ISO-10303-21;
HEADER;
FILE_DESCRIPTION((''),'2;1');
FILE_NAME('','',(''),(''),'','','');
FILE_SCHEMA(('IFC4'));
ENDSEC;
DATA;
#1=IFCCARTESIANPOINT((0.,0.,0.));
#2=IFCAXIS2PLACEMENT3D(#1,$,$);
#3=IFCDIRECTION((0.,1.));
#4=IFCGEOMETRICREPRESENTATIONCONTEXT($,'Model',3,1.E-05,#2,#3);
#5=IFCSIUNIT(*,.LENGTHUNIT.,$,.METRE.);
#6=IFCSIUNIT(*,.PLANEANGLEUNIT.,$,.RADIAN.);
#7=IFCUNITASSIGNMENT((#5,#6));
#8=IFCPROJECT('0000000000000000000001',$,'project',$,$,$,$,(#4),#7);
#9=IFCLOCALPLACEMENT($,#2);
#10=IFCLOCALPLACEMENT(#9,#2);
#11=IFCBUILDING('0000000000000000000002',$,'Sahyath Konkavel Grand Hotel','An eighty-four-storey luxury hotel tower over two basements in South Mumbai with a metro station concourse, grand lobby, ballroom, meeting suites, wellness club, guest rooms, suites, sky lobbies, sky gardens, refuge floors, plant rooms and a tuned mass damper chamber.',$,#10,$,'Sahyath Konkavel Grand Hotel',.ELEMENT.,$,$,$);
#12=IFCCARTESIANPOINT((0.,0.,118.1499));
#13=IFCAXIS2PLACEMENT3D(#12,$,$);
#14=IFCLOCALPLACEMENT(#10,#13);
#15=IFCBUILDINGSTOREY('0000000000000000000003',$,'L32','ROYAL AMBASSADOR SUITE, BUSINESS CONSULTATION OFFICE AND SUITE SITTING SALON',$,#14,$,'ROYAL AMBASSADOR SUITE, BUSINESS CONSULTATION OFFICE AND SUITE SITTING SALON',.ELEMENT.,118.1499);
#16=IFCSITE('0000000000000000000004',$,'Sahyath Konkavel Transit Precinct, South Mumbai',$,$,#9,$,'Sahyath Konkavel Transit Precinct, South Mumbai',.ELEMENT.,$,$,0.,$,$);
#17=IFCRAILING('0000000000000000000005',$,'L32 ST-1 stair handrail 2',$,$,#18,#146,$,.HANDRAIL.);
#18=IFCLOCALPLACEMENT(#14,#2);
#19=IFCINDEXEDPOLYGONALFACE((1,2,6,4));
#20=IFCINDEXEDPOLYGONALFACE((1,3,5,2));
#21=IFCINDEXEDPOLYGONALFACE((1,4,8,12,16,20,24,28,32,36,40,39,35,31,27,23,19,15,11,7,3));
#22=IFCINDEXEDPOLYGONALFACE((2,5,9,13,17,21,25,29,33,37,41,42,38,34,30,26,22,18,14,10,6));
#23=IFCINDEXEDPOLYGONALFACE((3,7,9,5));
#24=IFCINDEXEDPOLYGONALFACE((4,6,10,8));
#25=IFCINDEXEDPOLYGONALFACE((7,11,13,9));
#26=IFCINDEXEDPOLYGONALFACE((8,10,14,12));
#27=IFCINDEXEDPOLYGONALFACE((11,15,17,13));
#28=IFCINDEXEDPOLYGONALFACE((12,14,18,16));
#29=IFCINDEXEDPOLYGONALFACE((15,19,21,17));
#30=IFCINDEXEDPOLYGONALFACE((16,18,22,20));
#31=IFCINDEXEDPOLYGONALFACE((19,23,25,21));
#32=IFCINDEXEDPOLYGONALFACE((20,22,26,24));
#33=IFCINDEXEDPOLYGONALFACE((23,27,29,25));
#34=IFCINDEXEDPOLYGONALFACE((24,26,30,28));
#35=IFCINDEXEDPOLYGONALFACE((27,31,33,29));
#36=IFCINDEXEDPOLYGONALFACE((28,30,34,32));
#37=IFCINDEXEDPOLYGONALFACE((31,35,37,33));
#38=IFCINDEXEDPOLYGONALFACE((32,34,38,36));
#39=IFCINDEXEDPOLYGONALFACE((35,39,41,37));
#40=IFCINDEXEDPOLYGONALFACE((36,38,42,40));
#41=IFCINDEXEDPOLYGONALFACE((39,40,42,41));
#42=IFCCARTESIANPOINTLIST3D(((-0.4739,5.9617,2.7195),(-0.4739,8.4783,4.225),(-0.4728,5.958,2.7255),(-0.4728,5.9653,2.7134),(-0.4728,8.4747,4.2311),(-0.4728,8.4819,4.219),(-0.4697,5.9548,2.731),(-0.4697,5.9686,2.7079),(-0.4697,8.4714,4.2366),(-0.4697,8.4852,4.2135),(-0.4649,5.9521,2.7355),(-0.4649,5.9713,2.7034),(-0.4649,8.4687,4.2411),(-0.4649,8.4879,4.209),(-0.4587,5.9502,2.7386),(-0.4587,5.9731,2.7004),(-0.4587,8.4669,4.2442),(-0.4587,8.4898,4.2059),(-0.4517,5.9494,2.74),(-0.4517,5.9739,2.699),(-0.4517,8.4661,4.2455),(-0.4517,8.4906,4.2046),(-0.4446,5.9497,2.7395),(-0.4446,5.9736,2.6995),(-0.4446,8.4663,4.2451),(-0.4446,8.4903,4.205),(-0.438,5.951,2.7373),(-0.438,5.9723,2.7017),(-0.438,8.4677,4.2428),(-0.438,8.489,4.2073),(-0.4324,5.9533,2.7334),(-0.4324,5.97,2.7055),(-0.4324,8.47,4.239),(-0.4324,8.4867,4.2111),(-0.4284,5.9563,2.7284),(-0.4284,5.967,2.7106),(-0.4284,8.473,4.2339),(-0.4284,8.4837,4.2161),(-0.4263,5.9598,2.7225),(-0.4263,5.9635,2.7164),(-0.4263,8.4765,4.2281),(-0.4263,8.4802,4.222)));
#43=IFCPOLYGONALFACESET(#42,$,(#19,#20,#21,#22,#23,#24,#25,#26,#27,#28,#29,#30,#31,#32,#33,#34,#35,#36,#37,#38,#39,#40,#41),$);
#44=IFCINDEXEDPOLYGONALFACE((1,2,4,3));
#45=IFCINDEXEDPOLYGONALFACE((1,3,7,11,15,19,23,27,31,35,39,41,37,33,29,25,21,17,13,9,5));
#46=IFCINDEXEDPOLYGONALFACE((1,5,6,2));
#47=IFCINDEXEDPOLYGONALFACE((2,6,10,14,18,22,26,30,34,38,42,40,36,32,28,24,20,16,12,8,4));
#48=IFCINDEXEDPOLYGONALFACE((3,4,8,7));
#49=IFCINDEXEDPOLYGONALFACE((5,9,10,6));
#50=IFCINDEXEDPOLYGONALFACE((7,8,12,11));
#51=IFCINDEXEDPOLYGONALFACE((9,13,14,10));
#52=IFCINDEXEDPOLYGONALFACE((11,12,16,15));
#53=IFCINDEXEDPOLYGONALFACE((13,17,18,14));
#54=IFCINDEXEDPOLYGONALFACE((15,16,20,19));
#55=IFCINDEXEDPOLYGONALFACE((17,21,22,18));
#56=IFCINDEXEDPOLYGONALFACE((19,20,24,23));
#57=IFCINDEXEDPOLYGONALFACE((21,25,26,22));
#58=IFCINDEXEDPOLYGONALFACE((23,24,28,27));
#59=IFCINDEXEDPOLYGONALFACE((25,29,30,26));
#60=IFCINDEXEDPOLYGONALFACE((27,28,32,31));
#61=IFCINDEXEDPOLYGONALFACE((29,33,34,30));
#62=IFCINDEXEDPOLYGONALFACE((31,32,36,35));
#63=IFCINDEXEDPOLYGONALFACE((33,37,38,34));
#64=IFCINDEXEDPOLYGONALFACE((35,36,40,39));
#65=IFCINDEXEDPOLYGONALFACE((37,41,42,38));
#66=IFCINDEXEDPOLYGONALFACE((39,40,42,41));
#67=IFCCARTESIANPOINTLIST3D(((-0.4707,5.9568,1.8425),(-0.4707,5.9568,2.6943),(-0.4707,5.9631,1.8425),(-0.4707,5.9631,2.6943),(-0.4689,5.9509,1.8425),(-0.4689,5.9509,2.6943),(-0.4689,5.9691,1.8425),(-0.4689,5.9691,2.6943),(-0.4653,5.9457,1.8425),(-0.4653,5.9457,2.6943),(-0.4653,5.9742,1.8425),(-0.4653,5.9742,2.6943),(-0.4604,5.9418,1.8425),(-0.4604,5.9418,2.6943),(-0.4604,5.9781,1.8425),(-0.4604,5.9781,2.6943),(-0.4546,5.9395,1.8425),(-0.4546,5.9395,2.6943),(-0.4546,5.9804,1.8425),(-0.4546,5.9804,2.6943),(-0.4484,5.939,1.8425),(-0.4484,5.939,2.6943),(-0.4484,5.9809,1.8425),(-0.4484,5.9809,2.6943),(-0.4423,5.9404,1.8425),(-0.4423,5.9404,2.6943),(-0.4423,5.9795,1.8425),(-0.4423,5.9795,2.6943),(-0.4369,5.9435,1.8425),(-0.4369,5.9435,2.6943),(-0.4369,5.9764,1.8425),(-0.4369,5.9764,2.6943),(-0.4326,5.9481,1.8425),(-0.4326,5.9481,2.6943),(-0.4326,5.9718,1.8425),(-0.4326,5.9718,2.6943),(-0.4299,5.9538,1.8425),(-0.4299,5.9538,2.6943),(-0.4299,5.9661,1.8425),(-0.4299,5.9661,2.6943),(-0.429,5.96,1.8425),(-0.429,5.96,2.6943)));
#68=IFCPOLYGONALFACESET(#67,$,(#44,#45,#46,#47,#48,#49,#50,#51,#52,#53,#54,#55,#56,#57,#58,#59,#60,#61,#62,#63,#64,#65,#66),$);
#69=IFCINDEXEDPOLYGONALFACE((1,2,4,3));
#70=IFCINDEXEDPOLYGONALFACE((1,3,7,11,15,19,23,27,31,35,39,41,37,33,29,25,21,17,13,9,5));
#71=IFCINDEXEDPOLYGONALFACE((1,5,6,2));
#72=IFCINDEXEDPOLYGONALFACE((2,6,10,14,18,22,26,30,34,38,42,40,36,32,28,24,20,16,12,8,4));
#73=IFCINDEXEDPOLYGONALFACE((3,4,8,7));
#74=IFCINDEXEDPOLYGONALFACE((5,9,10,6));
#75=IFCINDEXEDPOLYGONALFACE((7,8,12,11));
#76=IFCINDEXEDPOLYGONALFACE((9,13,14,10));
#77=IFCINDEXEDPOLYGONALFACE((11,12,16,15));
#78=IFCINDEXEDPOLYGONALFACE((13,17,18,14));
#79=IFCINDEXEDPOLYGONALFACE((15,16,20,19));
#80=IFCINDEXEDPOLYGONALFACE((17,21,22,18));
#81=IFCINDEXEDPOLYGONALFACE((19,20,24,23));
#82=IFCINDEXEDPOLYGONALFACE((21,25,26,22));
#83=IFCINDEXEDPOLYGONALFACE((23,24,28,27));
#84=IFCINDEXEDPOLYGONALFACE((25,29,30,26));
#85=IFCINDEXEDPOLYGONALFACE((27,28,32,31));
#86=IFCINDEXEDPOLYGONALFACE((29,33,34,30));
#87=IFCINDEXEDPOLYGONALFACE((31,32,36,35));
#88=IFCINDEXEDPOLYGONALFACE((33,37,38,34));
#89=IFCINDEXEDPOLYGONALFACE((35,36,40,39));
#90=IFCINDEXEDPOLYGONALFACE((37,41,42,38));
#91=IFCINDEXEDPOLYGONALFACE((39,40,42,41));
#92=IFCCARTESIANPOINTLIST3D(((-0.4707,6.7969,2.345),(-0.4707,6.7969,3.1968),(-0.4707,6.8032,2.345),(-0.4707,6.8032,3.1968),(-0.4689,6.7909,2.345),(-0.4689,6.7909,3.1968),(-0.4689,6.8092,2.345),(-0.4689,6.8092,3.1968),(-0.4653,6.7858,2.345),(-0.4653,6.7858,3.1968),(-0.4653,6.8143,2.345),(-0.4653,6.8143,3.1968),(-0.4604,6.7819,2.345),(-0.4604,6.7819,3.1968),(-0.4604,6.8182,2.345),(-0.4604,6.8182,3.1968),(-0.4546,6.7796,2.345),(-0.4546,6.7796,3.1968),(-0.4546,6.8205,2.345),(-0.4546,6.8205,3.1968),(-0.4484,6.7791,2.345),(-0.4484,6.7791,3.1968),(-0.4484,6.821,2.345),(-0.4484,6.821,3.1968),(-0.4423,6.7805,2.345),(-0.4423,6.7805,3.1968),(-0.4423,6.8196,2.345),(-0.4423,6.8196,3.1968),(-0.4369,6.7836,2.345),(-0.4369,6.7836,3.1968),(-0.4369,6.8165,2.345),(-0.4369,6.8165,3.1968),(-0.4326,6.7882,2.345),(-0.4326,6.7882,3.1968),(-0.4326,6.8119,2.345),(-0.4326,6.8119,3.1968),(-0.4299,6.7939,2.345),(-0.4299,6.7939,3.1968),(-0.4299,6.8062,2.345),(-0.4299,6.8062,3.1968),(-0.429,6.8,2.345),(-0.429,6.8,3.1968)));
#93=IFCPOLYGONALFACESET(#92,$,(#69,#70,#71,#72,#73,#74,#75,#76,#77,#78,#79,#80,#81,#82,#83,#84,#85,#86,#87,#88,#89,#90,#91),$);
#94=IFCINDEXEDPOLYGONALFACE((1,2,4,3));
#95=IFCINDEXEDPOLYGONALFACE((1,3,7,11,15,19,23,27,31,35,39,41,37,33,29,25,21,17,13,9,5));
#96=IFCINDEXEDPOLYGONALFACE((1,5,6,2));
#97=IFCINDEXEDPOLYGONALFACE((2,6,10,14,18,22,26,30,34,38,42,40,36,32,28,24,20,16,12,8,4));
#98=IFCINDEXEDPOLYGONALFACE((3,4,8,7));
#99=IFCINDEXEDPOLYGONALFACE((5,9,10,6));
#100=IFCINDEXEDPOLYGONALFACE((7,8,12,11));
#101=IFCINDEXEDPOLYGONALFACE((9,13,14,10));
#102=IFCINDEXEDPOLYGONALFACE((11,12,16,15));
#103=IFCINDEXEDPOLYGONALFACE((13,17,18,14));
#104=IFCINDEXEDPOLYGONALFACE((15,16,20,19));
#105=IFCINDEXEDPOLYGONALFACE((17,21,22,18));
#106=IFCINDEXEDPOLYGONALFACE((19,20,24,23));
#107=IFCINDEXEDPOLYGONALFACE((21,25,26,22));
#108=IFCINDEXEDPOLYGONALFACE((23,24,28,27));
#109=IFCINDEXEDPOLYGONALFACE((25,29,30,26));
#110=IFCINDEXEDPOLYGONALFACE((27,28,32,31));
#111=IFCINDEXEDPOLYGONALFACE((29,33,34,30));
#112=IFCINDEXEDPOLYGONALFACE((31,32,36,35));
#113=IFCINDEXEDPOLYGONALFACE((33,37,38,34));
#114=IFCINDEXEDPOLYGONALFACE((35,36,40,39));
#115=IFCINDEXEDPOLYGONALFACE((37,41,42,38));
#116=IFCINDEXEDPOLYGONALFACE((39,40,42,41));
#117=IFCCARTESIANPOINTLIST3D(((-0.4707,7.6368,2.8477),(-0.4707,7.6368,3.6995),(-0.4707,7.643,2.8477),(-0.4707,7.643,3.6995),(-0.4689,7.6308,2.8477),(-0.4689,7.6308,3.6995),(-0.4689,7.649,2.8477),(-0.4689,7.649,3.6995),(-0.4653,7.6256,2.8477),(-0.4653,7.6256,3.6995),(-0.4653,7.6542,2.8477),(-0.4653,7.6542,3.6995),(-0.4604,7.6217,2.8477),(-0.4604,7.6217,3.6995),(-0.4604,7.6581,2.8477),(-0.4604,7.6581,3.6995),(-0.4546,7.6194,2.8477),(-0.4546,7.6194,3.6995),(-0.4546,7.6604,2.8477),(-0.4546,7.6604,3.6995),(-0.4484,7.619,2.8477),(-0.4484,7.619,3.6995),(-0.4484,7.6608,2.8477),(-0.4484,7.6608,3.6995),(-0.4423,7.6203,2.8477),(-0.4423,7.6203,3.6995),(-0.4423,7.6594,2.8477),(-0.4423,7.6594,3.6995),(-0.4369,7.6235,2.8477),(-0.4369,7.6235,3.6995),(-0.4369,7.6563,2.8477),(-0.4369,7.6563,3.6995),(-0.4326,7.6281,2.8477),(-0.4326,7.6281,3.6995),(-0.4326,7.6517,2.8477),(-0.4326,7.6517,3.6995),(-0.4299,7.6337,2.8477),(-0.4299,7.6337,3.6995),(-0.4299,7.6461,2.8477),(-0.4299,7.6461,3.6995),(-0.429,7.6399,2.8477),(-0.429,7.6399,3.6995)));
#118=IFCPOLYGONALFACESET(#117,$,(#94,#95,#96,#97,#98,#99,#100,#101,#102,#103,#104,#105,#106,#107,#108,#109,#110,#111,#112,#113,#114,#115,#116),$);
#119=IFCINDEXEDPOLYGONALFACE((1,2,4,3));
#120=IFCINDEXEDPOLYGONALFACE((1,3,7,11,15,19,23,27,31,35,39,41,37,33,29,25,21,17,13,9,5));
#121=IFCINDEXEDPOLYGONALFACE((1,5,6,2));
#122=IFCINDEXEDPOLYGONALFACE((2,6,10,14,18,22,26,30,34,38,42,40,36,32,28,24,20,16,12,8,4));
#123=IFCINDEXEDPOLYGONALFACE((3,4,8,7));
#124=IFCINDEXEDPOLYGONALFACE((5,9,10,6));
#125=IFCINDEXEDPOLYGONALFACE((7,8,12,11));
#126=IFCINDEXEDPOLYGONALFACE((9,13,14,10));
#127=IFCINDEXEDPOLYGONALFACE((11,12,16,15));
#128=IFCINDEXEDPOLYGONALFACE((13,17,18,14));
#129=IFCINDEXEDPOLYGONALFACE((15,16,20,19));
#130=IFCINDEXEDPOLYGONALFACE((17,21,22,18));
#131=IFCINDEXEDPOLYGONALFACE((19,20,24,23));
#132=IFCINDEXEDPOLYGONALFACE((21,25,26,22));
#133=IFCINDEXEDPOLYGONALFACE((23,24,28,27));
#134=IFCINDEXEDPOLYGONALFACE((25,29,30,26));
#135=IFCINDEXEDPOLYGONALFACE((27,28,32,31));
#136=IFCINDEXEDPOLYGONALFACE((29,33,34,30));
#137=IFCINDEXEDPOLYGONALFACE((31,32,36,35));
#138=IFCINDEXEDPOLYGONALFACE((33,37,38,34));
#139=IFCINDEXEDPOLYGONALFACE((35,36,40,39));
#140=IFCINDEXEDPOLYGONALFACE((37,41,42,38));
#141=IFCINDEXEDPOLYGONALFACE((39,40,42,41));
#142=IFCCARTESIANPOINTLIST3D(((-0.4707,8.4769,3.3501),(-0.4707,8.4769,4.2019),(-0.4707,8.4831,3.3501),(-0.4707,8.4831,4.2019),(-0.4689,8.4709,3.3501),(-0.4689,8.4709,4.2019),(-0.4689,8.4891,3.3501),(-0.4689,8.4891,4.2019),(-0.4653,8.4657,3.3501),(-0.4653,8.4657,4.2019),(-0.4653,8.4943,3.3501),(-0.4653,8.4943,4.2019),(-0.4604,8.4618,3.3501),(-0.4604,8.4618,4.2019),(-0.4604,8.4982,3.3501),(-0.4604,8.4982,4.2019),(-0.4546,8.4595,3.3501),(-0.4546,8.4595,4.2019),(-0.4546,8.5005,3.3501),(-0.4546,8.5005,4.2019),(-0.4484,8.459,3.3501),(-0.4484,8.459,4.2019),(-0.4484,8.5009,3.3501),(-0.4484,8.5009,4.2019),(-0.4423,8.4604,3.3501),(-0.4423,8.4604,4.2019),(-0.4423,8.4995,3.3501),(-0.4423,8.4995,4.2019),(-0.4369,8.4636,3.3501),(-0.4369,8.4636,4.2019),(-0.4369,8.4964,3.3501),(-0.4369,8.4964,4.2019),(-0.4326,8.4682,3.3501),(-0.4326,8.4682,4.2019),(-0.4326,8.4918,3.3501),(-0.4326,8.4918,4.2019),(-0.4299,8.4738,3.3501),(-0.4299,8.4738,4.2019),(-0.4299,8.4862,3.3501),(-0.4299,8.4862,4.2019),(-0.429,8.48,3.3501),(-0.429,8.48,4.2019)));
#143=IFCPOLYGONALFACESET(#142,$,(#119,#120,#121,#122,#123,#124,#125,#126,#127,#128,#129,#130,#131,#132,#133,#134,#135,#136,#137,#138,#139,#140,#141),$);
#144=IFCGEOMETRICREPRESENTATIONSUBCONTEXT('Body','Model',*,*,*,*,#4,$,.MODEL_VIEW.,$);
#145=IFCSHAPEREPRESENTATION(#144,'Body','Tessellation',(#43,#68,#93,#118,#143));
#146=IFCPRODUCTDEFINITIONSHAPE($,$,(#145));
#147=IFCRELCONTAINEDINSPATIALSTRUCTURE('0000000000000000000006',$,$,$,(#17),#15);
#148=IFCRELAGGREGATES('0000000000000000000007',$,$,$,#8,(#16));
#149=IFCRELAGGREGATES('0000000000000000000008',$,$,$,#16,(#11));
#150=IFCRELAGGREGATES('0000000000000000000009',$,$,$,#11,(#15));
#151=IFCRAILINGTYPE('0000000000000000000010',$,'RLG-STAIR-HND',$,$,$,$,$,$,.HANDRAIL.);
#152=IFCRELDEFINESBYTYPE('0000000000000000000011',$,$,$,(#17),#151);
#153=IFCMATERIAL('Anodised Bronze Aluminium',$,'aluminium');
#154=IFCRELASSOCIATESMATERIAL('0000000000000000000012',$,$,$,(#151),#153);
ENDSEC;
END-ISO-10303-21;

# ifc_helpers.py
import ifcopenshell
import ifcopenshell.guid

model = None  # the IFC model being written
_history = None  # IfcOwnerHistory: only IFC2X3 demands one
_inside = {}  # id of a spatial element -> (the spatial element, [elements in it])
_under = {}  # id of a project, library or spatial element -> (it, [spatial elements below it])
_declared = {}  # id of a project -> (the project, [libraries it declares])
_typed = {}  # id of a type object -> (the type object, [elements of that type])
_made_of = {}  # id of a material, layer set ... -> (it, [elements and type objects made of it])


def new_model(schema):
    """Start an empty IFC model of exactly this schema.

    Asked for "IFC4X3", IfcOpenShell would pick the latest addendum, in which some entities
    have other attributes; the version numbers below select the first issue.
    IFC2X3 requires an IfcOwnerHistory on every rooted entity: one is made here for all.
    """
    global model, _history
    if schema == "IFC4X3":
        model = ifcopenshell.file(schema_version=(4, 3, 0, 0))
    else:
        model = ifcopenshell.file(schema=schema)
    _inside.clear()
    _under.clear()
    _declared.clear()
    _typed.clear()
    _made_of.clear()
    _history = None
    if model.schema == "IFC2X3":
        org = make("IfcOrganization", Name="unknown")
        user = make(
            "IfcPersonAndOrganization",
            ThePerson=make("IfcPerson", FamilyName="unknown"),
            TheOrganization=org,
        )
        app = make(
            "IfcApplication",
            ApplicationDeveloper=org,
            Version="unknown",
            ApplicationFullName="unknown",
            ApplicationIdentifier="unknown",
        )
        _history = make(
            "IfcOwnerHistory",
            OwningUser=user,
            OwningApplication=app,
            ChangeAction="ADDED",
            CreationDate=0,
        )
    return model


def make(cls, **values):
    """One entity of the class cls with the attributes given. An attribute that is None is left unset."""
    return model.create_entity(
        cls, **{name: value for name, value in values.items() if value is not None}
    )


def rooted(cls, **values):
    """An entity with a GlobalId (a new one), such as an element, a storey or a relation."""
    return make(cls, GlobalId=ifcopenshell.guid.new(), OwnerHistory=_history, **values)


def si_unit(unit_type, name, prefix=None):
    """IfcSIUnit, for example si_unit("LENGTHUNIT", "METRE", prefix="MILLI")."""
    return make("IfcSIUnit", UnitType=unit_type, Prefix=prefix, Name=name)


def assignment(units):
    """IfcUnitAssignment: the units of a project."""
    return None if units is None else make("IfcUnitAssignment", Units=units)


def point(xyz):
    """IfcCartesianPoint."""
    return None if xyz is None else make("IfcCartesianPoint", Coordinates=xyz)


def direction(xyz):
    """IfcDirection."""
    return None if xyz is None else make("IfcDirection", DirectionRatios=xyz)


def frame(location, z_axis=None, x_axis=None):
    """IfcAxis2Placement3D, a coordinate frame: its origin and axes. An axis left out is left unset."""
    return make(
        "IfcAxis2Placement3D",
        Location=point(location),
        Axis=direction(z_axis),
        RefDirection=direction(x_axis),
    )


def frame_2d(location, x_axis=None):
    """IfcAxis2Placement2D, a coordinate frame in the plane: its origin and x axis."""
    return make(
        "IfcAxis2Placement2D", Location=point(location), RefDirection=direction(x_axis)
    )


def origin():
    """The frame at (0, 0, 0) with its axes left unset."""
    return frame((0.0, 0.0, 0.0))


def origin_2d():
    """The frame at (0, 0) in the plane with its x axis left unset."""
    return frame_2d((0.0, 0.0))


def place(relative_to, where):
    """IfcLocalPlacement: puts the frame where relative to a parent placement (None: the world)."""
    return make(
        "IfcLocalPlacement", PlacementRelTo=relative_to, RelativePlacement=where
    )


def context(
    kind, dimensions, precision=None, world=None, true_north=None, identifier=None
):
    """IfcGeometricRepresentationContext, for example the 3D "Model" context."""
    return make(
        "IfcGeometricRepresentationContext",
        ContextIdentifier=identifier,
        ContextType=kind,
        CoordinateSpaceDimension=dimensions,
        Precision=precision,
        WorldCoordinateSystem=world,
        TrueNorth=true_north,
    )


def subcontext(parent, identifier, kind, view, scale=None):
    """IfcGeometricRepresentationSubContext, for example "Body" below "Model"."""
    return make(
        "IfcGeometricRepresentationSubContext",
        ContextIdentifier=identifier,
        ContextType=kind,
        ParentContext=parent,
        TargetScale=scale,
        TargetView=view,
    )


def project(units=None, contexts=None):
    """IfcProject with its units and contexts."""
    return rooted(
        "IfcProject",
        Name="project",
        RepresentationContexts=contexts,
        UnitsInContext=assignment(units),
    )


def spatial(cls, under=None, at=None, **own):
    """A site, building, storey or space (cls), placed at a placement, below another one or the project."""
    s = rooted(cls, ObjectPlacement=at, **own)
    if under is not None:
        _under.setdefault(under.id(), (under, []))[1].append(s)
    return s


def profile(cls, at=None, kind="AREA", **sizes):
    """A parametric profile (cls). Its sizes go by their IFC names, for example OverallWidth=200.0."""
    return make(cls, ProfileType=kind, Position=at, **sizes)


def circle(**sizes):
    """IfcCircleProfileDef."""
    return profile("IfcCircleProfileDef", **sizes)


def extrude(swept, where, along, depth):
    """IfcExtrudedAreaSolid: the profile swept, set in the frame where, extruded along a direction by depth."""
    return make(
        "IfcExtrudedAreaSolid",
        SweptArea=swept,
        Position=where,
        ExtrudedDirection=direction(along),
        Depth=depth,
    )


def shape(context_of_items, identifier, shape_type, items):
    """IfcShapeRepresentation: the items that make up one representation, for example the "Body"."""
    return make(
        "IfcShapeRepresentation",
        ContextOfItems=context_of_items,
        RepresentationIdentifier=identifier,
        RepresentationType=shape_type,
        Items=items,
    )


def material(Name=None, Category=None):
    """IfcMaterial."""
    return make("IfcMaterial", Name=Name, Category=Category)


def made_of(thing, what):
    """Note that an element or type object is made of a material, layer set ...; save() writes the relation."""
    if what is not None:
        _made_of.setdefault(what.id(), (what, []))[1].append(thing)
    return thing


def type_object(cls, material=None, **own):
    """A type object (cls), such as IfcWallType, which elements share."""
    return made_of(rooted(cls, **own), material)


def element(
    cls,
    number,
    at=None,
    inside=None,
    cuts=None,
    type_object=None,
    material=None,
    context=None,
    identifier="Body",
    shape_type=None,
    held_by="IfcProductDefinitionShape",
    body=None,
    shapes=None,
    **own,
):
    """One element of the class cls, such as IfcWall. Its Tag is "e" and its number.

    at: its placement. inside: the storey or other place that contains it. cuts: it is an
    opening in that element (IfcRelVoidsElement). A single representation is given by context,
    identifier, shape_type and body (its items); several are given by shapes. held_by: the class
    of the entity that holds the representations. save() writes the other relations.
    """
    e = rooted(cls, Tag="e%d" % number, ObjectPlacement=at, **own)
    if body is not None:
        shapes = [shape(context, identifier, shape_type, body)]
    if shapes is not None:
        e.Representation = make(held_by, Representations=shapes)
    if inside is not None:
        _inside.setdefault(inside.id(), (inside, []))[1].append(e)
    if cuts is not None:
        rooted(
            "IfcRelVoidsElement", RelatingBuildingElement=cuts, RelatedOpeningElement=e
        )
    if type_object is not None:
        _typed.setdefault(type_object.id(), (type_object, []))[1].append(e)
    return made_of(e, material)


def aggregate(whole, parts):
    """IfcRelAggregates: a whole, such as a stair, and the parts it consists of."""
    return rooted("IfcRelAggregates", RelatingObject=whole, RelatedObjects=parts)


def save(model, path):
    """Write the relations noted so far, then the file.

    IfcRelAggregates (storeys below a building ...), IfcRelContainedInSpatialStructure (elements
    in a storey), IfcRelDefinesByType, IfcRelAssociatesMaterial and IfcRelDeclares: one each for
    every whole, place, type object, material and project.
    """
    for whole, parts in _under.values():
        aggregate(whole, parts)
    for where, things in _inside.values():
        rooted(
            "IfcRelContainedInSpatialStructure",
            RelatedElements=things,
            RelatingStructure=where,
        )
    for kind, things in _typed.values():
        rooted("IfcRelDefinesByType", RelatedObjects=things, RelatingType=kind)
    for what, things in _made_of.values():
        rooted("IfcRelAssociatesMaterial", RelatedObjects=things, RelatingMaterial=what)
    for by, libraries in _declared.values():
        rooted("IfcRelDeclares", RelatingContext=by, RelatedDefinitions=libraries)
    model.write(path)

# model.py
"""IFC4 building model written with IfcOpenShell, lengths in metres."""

from ifc_helpers import new_model, si_unit, direction, frame, origin, origin_2d, place, context, subcontext, project, spatial, circle, extrude, material, type_object, element, save


model = new_model("IFC4")

# Units and contexts
model_context = context("Model", 3, precision=1e-05, world=origin(), true_north=direction((0.0, 1.0)))
body_context = subcontext(model_context, "Body", "Model", "MODEL_VIEW")
ifc_project = project(units=[si_unit("LENGTHUNIT", "METRE"), si_unit("PLANEANGLEUNIT", "RADIAN")], contexts=[model_context])

# Site, building, storey
site_placement = place(None, origin())
site = spatial("IfcSite", under=ifc_project, at=site_placement, Name="Sahyath Konkavel Transit Precinct, South Mumbai", LongName="Sahyath Konkavel Transit Precinct, South Mumbai", CompositionType="ELEMENT", RefElevation=0.0)
building_placement = place(site_placement, origin())
building = spatial("IfcBuilding", under=site, at=building_placement, Name="Sahyath Konkavel Grand Hotel", Description="An eighty-four-storey luxury hotel tower over two basements in South Mumbai with a metro station concourse, grand lobby, ballroom, meeting suites, wellness club, guest rooms, suites, sky lobbies, sky gardens, refuge floors, plant rooms and a tuned mass damper chamber.", LongName="Sahyath Konkavel Grand Hotel", CompositionType="ELEMENT")
storey_placement = place(building_placement, frame((0.0, 0.0, 118.1499)))
storey = spatial("IfcBuildingStorey", under=building, at=storey_placement, Name="L32", Description="ROYAL AMBASSADOR SUITE, BUSINESS CONSULTATION OFFICE AND SUITE SITTING SALON", LongName="ROYAL AMBASSADOR SUITE, BUSINESS CONSULTATION OFFICE AND SUITE SITTING SALON", CompositionType="ELEMENT", Elevation=118.1499)

# Railing
ifc_material_1 = material(Name="Anodised Bronze Aluminium", Category="aluminium")
railing_type_1 = type_object("IfcRailingType", Name="RLG-STAIR-HND", PredefinedType="HANDRAIL", material=ifc_material_1)
railing_1_placement = place(storey_placement, frame((-0.45, 5.96, 1.8425)))
element("IfcRailing", 1, at=railing_1_placement, inside=storey, type_object=railing_type_1, Name="L32 ST-1 stair handrail 2", PredefinedType="HANDRAIL", context=body_context, shape_type="SweptSolid", body=[
    extrude(circle(Radius=0.0239, at=origin_2d()), frame((0.0, 0.0017, 0.877), z_axis=(0.0, 0.85816, 0.513383), x_axis=(-1.0, 0.0, 0.0)), (0.0, 0.0, 1.0), 2.9326),
    extrude(circle(Radius=0.021, at=origin_2d()), origin(), (0.0, 0.0, 1.0), 0.8518),
    extrude(circle(Radius=0.021, at=origin_2d()), frame((0.0, 0.8401, 0.5024)), (0.0, 0.0, 1.0), 0.8518),
    extrude(circle(Radius=0.021, at=origin_2d()), frame((0.0, 1.6799, 1.0051)), (0.0, 0.0, 1.0), 0.8518),
    extrude(circle(Radius=0.021, at=origin_2d()), frame((0.0, 2.52, 1.5076)), (0.0, 0.0, 1.0), 0.8518),
])

save(model, "model.ifc")
